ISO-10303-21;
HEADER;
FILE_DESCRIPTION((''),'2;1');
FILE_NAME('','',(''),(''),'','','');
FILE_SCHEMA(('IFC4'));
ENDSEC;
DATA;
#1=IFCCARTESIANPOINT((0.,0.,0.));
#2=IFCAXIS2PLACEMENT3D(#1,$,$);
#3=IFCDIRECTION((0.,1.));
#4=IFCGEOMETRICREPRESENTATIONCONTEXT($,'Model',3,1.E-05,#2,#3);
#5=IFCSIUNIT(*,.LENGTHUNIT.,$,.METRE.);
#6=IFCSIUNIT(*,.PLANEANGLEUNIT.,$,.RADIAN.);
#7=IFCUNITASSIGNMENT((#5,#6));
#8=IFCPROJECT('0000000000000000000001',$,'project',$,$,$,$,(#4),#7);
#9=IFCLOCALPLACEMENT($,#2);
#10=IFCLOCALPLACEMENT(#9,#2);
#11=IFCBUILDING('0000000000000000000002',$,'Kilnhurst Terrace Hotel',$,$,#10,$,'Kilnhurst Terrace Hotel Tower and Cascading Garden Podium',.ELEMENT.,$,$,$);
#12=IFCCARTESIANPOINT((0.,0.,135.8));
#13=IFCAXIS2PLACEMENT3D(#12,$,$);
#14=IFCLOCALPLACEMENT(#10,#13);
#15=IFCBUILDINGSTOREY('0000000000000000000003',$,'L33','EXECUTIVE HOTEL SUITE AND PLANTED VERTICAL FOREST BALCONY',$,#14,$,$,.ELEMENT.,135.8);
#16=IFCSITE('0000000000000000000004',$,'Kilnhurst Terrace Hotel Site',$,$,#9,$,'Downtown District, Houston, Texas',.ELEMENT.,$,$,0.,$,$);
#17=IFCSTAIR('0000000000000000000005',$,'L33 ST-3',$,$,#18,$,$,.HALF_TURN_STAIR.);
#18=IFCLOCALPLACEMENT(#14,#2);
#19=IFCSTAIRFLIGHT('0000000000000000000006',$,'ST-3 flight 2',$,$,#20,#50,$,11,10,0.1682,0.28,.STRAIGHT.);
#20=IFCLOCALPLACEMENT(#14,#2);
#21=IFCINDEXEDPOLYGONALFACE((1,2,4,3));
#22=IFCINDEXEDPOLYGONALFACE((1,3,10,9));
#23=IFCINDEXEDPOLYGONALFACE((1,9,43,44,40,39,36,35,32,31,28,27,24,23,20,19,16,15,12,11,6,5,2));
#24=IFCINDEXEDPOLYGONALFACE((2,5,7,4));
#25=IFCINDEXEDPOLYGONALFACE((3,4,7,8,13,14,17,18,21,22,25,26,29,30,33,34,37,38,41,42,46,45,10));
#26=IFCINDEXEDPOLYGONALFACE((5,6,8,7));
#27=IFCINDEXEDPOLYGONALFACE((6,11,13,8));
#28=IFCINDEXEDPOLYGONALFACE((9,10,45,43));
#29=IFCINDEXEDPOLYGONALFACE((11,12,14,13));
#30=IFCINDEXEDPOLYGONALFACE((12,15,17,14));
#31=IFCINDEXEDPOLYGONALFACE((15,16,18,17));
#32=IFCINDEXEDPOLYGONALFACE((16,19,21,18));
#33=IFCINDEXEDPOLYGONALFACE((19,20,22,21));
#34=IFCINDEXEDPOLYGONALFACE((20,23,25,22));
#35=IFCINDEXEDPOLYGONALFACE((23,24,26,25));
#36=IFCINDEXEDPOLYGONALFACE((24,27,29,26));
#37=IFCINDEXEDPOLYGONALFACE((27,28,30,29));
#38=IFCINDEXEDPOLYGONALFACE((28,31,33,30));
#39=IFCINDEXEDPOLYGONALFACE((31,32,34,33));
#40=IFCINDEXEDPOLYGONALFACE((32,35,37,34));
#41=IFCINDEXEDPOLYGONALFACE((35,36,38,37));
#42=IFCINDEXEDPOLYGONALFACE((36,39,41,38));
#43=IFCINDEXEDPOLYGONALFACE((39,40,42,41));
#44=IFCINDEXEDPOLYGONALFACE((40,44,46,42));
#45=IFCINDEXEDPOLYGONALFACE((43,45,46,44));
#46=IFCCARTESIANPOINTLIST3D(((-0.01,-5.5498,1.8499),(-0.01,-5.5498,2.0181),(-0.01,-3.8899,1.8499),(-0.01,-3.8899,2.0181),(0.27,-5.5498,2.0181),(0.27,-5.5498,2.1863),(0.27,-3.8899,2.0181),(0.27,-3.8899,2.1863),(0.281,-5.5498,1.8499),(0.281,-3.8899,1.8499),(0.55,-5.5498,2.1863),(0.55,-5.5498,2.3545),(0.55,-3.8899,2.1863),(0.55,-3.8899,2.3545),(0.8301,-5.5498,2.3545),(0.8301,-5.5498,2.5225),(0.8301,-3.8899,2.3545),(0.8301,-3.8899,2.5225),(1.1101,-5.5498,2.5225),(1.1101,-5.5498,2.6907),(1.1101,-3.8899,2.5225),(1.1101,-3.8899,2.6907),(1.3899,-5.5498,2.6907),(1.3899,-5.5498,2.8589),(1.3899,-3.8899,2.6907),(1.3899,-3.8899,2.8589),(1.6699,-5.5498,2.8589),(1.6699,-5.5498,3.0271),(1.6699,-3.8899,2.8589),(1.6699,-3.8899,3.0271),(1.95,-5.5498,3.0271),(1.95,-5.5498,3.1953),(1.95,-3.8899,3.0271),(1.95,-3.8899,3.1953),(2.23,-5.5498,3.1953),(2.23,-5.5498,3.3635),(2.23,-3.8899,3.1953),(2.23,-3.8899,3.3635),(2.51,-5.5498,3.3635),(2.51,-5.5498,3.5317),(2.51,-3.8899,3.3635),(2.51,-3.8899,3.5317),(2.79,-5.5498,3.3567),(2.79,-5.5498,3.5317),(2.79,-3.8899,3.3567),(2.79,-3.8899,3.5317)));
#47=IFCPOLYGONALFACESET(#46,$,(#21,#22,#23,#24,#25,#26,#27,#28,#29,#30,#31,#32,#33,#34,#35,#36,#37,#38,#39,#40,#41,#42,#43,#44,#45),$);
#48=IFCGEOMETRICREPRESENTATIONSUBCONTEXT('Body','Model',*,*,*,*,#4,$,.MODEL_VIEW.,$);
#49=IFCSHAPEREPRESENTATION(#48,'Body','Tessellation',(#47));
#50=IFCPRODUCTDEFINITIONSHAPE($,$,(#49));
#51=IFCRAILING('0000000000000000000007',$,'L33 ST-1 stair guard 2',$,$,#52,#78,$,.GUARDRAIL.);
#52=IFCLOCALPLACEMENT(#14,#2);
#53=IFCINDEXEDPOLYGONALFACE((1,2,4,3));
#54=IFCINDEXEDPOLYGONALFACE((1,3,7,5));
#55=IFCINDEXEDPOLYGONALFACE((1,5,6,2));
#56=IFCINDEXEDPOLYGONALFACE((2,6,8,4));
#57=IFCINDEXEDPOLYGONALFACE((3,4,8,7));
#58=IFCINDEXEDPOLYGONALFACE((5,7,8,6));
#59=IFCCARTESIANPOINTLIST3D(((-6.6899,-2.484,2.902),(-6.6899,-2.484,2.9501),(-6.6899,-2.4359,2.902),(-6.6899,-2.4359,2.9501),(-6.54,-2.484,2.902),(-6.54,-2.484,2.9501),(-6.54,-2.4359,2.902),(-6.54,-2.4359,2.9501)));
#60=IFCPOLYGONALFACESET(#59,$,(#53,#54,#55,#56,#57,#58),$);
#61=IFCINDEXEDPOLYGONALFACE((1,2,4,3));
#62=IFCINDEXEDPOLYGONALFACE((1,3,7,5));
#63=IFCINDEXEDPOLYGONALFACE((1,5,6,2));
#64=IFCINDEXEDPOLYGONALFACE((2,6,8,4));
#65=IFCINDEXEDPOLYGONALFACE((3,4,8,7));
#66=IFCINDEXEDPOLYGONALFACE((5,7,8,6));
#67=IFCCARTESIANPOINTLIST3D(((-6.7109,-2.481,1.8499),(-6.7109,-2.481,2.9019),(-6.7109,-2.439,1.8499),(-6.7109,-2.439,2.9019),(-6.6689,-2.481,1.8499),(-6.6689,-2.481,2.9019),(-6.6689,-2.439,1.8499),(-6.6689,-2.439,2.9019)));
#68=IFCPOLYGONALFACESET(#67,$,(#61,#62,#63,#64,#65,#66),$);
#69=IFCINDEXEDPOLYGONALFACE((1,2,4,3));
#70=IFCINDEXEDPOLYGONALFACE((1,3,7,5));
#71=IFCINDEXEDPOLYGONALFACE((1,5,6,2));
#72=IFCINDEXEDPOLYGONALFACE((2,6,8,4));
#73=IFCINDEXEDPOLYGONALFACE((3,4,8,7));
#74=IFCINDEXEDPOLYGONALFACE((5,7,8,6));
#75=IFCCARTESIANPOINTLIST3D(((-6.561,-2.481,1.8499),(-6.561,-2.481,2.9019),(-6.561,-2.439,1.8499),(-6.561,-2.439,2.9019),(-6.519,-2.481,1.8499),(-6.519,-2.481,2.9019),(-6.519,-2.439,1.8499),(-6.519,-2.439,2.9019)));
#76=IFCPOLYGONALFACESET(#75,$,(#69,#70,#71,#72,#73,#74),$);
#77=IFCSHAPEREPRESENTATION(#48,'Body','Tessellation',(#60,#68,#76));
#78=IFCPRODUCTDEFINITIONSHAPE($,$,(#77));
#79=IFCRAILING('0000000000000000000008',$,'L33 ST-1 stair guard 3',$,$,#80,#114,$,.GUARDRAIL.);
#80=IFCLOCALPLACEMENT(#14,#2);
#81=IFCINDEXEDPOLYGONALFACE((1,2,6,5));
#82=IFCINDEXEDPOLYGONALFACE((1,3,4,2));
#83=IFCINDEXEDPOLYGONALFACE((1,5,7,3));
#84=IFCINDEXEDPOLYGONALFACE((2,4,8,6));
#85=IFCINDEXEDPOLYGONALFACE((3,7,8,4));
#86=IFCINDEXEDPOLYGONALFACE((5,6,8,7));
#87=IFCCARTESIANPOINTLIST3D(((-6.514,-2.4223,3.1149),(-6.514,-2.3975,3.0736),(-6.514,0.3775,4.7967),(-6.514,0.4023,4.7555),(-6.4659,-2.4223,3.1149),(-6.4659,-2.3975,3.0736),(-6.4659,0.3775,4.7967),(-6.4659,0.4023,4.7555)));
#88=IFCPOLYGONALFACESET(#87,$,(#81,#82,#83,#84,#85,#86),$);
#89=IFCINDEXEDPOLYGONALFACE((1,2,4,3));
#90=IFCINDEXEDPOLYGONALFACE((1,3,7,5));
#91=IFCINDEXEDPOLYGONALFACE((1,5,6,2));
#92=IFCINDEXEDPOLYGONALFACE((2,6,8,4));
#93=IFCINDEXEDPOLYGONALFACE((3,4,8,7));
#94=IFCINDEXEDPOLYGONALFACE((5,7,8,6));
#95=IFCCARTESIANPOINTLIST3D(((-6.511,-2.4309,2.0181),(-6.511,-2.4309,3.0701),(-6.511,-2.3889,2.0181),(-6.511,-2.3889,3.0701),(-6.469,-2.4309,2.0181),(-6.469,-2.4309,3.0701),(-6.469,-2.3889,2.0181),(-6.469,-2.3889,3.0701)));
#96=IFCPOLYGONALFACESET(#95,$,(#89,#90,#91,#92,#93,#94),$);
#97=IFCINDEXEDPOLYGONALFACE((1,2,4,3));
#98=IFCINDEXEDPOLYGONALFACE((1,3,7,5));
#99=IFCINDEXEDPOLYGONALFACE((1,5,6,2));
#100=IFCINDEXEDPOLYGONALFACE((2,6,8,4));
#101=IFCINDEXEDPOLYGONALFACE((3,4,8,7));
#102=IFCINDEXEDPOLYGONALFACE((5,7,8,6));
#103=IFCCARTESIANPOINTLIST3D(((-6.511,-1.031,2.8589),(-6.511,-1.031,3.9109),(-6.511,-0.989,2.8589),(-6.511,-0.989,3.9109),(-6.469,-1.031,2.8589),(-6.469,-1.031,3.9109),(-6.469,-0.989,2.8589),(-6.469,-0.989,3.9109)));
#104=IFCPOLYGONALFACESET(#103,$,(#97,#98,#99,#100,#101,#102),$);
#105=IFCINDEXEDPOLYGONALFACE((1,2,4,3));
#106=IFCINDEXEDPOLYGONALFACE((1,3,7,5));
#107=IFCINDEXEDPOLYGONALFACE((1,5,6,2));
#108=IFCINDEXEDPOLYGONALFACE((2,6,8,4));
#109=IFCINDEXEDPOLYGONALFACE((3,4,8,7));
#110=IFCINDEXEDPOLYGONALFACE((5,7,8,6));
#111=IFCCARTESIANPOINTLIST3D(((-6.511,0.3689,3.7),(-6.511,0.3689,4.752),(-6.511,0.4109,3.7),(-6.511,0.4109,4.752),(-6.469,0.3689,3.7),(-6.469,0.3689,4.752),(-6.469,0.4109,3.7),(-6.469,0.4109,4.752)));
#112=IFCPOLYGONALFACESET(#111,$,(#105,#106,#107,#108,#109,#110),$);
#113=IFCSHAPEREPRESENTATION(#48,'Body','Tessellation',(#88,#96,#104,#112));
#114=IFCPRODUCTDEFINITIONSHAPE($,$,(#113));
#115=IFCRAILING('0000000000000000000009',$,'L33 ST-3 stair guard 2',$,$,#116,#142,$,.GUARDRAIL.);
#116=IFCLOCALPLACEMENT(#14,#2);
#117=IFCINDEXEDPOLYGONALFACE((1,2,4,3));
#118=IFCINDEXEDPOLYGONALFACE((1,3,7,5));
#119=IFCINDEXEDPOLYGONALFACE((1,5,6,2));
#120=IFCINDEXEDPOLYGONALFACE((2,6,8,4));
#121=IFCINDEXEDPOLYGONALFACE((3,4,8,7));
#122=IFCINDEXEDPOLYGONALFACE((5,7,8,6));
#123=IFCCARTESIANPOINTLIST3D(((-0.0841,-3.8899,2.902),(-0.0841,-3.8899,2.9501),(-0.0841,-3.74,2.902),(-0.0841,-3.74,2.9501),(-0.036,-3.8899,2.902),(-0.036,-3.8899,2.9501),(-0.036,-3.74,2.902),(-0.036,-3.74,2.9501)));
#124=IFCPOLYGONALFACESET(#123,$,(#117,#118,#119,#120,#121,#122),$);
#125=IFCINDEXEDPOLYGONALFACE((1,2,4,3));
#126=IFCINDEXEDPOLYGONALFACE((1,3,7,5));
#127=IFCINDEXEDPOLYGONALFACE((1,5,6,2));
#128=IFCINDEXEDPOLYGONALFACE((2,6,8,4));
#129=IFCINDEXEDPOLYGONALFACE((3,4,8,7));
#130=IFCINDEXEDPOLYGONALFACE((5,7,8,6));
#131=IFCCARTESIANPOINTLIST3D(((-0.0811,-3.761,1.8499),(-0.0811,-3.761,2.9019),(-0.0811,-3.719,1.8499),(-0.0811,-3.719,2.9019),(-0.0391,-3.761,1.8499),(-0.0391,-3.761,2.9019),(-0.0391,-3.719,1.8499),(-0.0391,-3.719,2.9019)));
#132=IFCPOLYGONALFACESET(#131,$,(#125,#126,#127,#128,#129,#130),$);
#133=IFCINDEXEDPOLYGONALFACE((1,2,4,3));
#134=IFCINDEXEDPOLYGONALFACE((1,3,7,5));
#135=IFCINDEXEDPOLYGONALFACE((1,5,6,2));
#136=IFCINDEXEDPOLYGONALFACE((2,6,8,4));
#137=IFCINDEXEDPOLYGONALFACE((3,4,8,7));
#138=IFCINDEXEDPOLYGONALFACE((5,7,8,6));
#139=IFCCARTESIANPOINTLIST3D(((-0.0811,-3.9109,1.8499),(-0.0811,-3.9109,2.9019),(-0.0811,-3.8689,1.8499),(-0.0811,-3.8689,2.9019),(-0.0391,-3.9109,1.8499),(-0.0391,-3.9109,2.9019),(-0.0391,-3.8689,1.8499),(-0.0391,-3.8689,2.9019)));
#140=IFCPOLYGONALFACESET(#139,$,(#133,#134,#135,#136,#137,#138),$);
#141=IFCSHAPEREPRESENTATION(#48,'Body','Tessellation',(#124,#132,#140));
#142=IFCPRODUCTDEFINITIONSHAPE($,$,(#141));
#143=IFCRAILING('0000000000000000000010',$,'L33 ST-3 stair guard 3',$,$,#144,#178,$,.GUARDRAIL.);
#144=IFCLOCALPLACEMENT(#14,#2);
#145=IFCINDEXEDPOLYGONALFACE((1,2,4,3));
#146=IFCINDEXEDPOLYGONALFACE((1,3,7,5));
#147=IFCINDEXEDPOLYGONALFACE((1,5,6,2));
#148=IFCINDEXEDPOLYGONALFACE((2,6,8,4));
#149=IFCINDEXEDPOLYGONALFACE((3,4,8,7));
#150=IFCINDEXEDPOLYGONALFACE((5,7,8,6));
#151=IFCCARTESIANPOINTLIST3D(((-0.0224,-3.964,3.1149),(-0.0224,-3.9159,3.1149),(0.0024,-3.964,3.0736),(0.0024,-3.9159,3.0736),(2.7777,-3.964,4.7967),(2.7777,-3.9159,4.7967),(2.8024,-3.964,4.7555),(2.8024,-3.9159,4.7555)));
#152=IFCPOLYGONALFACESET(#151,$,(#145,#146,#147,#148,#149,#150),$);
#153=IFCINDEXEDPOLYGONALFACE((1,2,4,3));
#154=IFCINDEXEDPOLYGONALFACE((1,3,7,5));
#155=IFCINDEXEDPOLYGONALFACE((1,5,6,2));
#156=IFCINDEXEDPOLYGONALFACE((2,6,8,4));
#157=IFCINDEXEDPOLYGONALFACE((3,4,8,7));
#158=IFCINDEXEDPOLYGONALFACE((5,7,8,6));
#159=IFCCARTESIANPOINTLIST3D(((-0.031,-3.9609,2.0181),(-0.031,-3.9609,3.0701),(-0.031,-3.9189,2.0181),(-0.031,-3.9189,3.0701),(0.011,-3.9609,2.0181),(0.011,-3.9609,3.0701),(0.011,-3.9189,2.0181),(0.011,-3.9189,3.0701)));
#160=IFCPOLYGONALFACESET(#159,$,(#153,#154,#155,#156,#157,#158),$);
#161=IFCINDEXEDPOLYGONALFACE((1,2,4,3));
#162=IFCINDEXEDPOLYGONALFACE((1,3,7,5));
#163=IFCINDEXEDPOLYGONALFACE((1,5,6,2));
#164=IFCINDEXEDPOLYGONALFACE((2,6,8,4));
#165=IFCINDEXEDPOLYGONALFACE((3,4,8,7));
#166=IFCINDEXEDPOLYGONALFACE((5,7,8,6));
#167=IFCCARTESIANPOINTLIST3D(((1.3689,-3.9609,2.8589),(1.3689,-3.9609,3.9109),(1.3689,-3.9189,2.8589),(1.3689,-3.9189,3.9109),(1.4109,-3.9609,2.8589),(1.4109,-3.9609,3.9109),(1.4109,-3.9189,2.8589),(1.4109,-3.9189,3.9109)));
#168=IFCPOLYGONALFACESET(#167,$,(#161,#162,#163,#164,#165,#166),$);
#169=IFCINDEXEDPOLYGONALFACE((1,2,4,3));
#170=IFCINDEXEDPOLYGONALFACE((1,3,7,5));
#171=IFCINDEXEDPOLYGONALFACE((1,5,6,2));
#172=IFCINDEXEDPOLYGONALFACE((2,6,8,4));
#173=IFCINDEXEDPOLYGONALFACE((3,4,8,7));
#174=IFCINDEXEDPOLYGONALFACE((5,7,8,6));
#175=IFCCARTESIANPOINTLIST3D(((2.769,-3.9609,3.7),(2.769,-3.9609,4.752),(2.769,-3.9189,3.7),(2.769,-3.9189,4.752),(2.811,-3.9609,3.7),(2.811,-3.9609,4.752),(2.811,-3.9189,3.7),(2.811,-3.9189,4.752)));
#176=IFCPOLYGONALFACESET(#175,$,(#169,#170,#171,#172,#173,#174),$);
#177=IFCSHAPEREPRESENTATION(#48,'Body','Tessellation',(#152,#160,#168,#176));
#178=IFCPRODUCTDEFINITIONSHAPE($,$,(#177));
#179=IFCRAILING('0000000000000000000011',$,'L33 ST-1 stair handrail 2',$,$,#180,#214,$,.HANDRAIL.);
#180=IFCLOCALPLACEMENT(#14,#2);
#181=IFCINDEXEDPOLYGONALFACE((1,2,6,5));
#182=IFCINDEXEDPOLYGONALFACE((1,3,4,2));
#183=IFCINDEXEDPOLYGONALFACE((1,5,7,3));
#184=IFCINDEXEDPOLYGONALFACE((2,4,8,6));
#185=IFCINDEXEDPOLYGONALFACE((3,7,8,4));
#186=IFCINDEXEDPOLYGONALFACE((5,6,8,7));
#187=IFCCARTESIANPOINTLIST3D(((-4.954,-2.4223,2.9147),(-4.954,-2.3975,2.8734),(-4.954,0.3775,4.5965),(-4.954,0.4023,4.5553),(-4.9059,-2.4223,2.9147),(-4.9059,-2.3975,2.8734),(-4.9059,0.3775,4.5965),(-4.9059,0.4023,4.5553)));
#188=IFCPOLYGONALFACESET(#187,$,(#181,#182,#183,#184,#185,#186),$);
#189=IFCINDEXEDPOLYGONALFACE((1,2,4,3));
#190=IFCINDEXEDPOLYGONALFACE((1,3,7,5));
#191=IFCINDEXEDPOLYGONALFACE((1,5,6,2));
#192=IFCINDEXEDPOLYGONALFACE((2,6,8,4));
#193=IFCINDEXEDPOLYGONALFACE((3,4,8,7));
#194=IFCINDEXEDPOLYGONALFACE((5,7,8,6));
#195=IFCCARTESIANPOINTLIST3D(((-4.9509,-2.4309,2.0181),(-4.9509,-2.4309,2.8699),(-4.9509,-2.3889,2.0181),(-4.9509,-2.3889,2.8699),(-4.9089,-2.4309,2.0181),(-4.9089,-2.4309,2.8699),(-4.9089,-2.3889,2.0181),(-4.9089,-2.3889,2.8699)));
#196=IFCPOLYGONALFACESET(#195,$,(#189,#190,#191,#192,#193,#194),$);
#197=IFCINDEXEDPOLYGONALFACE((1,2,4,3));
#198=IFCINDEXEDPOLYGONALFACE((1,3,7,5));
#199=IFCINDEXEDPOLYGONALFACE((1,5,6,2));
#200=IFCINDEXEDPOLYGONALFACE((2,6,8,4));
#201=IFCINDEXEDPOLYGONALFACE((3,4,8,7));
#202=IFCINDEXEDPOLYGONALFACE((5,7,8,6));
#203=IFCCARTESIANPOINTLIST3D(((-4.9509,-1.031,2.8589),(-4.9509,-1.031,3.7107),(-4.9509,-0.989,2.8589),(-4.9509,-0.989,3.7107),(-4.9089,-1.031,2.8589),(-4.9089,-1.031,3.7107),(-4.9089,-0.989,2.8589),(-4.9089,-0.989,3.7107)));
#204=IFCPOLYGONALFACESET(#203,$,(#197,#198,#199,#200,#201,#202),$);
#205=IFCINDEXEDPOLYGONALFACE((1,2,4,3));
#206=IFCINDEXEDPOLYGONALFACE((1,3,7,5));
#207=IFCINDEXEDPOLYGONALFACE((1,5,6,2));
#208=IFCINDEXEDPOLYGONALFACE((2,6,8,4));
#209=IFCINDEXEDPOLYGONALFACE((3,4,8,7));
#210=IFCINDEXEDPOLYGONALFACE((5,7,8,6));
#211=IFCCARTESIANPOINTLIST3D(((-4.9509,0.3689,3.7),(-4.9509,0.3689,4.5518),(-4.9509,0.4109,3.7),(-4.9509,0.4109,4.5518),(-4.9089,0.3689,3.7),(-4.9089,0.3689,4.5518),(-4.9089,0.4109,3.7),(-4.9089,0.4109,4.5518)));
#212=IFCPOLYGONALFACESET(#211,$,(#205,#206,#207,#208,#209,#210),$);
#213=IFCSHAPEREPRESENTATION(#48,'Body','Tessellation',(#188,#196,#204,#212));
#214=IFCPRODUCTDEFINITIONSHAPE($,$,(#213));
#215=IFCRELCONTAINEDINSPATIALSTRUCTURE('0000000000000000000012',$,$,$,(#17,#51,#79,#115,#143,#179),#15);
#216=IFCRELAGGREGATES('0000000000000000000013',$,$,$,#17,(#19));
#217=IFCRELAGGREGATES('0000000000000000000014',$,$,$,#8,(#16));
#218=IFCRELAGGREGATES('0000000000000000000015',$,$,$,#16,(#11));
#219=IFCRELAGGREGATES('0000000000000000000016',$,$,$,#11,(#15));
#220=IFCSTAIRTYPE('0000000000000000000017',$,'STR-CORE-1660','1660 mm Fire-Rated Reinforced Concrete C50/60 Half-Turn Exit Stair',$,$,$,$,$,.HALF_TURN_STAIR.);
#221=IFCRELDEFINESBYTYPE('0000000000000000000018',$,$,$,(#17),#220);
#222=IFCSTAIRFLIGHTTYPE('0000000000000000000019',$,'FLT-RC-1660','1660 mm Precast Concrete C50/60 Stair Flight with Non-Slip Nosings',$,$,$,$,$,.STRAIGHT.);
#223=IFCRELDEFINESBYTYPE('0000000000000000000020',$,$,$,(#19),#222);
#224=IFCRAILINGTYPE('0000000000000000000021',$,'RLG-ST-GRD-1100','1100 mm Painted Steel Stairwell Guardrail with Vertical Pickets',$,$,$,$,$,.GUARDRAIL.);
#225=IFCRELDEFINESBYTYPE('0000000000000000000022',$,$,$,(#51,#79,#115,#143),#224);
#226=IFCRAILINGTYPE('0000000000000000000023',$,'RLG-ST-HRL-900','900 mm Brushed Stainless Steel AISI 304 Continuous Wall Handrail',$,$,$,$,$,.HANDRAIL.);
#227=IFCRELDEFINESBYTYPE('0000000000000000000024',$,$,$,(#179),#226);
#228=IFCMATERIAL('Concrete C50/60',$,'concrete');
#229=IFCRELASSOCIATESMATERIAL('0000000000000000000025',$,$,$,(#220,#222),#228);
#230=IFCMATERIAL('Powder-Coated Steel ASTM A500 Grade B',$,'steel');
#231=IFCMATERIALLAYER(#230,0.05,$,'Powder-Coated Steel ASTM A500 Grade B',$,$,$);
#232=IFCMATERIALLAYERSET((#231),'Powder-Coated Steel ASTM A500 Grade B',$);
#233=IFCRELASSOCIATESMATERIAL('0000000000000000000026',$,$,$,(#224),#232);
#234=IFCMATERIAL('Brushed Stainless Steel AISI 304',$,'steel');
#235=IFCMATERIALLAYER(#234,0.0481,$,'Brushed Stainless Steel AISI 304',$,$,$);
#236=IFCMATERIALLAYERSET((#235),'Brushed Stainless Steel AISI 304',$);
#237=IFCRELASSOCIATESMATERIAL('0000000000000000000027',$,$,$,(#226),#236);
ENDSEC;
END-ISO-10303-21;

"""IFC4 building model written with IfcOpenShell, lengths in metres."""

from ifc_helpers import new_model, si_unit, direction, frame, origin, origin_2d, place, context, subcontext, project, spatial, polyline, rectangle, outline, extrude, material, layer, layer_set, type_object, element, aggregate, save


model = new_model("IFC4")

# Units and contexts
model_context = context("Model", 3, precision=1e-05, world=origin(), true_north=direction((0.0, 1.0)))
body_context = subcontext(model_context, "Body", "Model", "MODEL_VIEW")
ifc_project = project(units=[si_unit("LENGTHUNIT", "METRE"), si_unit("PLANEANGLEUNIT", "RADIAN")], contexts=[model_context])

# Site, building, storey
site_placement = place(None, origin())
site = spatial("IfcSite", under=ifc_project, at=site_placement, Name="Kilnhurst Terrace Hotel Site", LongName="Downtown District, Houston, Texas", CompositionType="ELEMENT", RefElevation=0.0)
building_placement = place(site_placement, origin())
building = spatial("IfcBuilding", under=site, at=building_placement, Name="Kilnhurst Terrace Hotel", LongName="Kilnhurst Terrace Hotel Tower and Cascading Garden Podium", CompositionType="ELEMENT")
storey_placement = place(building_placement, frame((0.0, 0.0, 135.8)))
storey = spatial("IfcBuildingStorey", under=building, at=storey_placement, Name="L33", Description="EXECUTIVE HOTEL SUITE AND PLANTED VERTICAL FOREST BALCONY", CompositionType="ELEMENT", Elevation=135.8)

# Shared definitions
ifc_material_1 = material(Name="Concrete C50/60", Category="concrete")

# Stair, stair flight
stair_type = type_object("IfcStairType", Name="STR-CORE-1660", Description="1660 mm Fire-Rated Reinforced Concrete C50/60 Half-Turn Exit Stair", PredefinedType="HALF_TURN_STAIR", material=ifc_material_1)
stair_flight_type = type_object("IfcStairFlightType", Name="FLT-RC-1660", Description="1660 mm Precast Concrete C50/60 Stair Flight with Non-Slip Nosings", PredefinedType="STRAIGHT", material=ifc_material_1)
stair_1_placement = place(storey_placement, origin())
stair_1 = element("IfcStair", 1, at=stair_1_placement, inside=storey, type_object=stair_type, Name="L33 ST-3", PredefinedType="HALF_TURN_STAIR")
stair_flight_1_placement = place(storey_placement, frame((-0.01, -4.72, 1.8499), z_axis=(0.0, 0.0, 1.0), x_axis=(1.0, 0.0, 0.0)))
stair_flight_1 = element("IfcStairFlight", 2, at=stair_flight_1_placement, type_object=stair_flight_type, Name="ST-3 flight 2", NumberOfRisers=11, NumberOfTreads=10, PredefinedType="STRAIGHT", RiserHeight=0.1682, TreadLength=0.28, context=body_context, shape_type="SweptSolid", body=[
    extrude(outline(polyline([(0.0, 0.0), (0.0, 0.1682), (0.28, 0.1682), (0.28, 0.3364), (0.5601, 0.3364), (0.5601, 0.5046), (0.8401, 0.5046), (0.8401, 0.6726), (1.1201, 0.6726), (1.1201, 0.8408), (1.3999, 0.8408), (1.3999, 1.009), (1.6799, 1.009), (1.6799, 1.1772), (1.96, 1.1772), (1.96, 1.3455), (2.24, 1.3455), (2.24, 1.5137), (2.52, 1.5137), (2.52, 1.6819), (2.8, 1.6819), (2.8, 1.8501), (2.8, 1.5068), (0.291, 0.0), (0.0, 0.0)])), frame((0.0, 0.8301, 0.0), z_axis=(0.0, -1.0, 0.0), x_axis=(1.0, 0.0, 0.0)), (0.0, 0.0, 1.0), 1.6599),
])
aggregate(stair_1, [stair_flight_1])

# Railings
ifc_material_2 = material(Name="Powder-Coated Steel ASTM A500 Grade B", Category="steel")
ifc_layer_1 = layer(ifc_material_2, 0.05, Name="Powder-Coated Steel ASTM A500 Grade B")
ifc_layer_set_1 = layer_set([ifc_layer_1], Name="Powder-Coated Steel ASTM A500 Grade B")
railing_type_1 = type_object("IfcRailingType", Name="RLG-ST-GRD-1100", Description="1100 mm Painted Steel Stairwell Guardrail with Vertical Pickets", PredefinedType="GUARDRAIL", material=ifc_layer_set_1)
railing_1_placement = place(storey_placement, frame((-6.6899, -2.46, 1.8499)))
element("IfcRailing", 3, at=railing_1_placement, inside=storey, type_object=railing_type_1, Name="L33 ST-1 stair guard 2", PredefinedType="GUARDRAIL", context=body_context, shape_type="SweptSolid", body=[
    extrude(rectangle(XDim=0.0481, YDim=0.0481, at=origin_2d()), frame((0.0, 0.0, 1.0762), z_axis=(1.0, 0.0, 0.0), x_axis=(0.0, 1.0, 0.0)), (0.0, 0.0, 1.0), 0.1499),
    extrude(rectangle(XDim=0.042, YDim=0.042, at=origin_2d()), origin(), (0.0, 0.0, 1.0), 1.052),
    extrude(rectangle(XDim=0.042, YDim=0.042, at=origin_2d()), frame((0.1499, 0.0, 0.0)), (0.0, 0.0, 1.0), 1.052),
])
railing_2_placement = place(storey_placement, frame((-6.49, -2.4099, 2.0181)))
element("IfcRailing", 4, at=railing_2_placement, inside=storey, type_object=railing_type_1, Name="L33 ST-1 stair guard 3", PredefinedType="GUARDRAIL", context=body_context, shape_type="SweptSolid", body=[
    extrude(rectangle(XDim=0.0481, YDim=0.0481, at=origin_2d()), frame((0.0, 0.0, 1.0762), z_axis=(0.0, 0.857222, 0.514946), x_axis=(-1.0, 0.0, 0.0)), (0.0, 0.0, 1.0), 3.2661),
    extrude(rectangle(XDim=0.042, YDim=0.042, at=origin_2d()), origin(), (0.0, 0.0, 1.0), 1.052),
    extrude(rectangle(XDim=0.042, YDim=0.042, at=origin_2d()), frame((0.0, 1.3999, 0.8408)), (0.0, 0.0, 1.0), 1.052),
    extrude(rectangle(XDim=0.042, YDim=0.042, at=origin_2d()), frame((0.0, 2.7998, 1.6819)), (0.0, 0.0, 1.0), 1.052),
])
railing_3_placement = place(storey_placement, frame((-0.0601, -3.74, 1.8499)))
element("IfcRailing", 5, at=railing_3_placement, inside=storey, type_object=railing_type_1, Name="L33 ST-3 stair guard 2", PredefinedType="GUARDRAIL", context=body_context, shape_type="SweptSolid", body=[
    extrude(rectangle(XDim=0.0481, YDim=0.0481, at=origin_2d()), frame((0.0, 0.0, 1.0762), z_axis=(0.0, -1.0, 0.0), x_axis=(1.0, 0.0, 0.0)), (0.0, 0.0, 1.0), 0.1499),
    extrude(rectangle(XDim=0.042, YDim=0.042, at=origin_2d()), origin(), (0.0, 0.0, 1.0), 1.052),
    extrude(rectangle(XDim=0.042, YDim=0.042, at=origin_2d()), frame((0.0, -0.1499, 0.0)), (0.0, 0.0, 1.0), 1.052),
])
railing_4_placement = place(storey_placement, frame((-0.01, -3.9399, 2.0181)))
element("IfcRailing", 6, at=railing_4_placement, inside=storey, type_object=railing_type_1, Name="L33 ST-3 stair guard 3", PredefinedType="GUARDRAIL", context=body_context, shape_type="SweptSolid", body=[
    extrude(rectangle(XDim=0.0481, YDim=0.0481, at=origin_2d()), frame((0.0, 0.0, 1.0762), z_axis=(0.857242, 0.0, 0.514913), x_axis=(0.0, 1.0, 0.0)), (0.0, 0.0, 1.0), 3.2664),
    extrude(rectangle(XDim=0.042, YDim=0.042, at=origin_2d()), origin(), (0.0, 0.0, 1.0), 1.052),
    extrude(rectangle(XDim=0.042, YDim=0.042, at=origin_2d()), frame((1.3999, 0.0, 0.8408)), (0.0, 0.0, 1.0), 1.052),
    extrude(rectangle(XDim=0.042, YDim=0.042, at=origin_2d()), frame((2.8, 0.0, 1.6819)), (0.0, 0.0, 1.0), 1.052),
])
ifc_material_3 = material(Name="Brushed Stainless Steel AISI 304", Category="steel")
ifc_layer_2 = layer(ifc_material_3, 0.0481, Name="Brushed Stainless Steel AISI 304")
ifc_layer_set_2 = layer_set([ifc_layer_2], Name="Brushed Stainless Steel AISI 304")
railing_type_2 = type_object("IfcRailingType", Name="RLG-ST-HRL-900", Description="900 mm Brushed Stainless Steel AISI 304 Continuous Wall Handrail", PredefinedType="HANDRAIL", material=ifc_layer_set_2)
railing_5_placement = place(storey_placement, frame((-4.9299, -2.4099, 2.0181)))
element("IfcRailing", 7, at=railing_5_placement, inside=storey, type_object=railing_type_2, Name="L33 ST-1 stair handrail 2", PredefinedType="HANDRAIL", context=body_context, shape_type="SweptSolid", body=[
    extrude(rectangle(XDim=0.0481, YDim=0.0481, at=origin_2d()), frame((0.0, 0.0, 0.876), z_axis=(0.0, 0.857222, 0.514946), x_axis=(-1.0, 0.0, 0.0)), (0.0, 0.0, 1.0), 3.2661),
    extrude(rectangle(XDim=0.042, YDim=0.042, at=origin_2d()), origin(), (0.0, 0.0, 1.0), 0.8518),
    extrude(rectangle(XDim=0.042, YDim=0.042, at=origin_2d()), frame((0.0, 1.3999, 0.8408)), (0.0, 0.0, 1.0), 0.8518),
    extrude(rectangle(XDim=0.042, YDim=0.042, at=origin_2d()), frame((0.0, 2.7998, 1.6819)), (0.0, 0.0, 1.0), 0.8518),
])

save(model, "model.ifc")
